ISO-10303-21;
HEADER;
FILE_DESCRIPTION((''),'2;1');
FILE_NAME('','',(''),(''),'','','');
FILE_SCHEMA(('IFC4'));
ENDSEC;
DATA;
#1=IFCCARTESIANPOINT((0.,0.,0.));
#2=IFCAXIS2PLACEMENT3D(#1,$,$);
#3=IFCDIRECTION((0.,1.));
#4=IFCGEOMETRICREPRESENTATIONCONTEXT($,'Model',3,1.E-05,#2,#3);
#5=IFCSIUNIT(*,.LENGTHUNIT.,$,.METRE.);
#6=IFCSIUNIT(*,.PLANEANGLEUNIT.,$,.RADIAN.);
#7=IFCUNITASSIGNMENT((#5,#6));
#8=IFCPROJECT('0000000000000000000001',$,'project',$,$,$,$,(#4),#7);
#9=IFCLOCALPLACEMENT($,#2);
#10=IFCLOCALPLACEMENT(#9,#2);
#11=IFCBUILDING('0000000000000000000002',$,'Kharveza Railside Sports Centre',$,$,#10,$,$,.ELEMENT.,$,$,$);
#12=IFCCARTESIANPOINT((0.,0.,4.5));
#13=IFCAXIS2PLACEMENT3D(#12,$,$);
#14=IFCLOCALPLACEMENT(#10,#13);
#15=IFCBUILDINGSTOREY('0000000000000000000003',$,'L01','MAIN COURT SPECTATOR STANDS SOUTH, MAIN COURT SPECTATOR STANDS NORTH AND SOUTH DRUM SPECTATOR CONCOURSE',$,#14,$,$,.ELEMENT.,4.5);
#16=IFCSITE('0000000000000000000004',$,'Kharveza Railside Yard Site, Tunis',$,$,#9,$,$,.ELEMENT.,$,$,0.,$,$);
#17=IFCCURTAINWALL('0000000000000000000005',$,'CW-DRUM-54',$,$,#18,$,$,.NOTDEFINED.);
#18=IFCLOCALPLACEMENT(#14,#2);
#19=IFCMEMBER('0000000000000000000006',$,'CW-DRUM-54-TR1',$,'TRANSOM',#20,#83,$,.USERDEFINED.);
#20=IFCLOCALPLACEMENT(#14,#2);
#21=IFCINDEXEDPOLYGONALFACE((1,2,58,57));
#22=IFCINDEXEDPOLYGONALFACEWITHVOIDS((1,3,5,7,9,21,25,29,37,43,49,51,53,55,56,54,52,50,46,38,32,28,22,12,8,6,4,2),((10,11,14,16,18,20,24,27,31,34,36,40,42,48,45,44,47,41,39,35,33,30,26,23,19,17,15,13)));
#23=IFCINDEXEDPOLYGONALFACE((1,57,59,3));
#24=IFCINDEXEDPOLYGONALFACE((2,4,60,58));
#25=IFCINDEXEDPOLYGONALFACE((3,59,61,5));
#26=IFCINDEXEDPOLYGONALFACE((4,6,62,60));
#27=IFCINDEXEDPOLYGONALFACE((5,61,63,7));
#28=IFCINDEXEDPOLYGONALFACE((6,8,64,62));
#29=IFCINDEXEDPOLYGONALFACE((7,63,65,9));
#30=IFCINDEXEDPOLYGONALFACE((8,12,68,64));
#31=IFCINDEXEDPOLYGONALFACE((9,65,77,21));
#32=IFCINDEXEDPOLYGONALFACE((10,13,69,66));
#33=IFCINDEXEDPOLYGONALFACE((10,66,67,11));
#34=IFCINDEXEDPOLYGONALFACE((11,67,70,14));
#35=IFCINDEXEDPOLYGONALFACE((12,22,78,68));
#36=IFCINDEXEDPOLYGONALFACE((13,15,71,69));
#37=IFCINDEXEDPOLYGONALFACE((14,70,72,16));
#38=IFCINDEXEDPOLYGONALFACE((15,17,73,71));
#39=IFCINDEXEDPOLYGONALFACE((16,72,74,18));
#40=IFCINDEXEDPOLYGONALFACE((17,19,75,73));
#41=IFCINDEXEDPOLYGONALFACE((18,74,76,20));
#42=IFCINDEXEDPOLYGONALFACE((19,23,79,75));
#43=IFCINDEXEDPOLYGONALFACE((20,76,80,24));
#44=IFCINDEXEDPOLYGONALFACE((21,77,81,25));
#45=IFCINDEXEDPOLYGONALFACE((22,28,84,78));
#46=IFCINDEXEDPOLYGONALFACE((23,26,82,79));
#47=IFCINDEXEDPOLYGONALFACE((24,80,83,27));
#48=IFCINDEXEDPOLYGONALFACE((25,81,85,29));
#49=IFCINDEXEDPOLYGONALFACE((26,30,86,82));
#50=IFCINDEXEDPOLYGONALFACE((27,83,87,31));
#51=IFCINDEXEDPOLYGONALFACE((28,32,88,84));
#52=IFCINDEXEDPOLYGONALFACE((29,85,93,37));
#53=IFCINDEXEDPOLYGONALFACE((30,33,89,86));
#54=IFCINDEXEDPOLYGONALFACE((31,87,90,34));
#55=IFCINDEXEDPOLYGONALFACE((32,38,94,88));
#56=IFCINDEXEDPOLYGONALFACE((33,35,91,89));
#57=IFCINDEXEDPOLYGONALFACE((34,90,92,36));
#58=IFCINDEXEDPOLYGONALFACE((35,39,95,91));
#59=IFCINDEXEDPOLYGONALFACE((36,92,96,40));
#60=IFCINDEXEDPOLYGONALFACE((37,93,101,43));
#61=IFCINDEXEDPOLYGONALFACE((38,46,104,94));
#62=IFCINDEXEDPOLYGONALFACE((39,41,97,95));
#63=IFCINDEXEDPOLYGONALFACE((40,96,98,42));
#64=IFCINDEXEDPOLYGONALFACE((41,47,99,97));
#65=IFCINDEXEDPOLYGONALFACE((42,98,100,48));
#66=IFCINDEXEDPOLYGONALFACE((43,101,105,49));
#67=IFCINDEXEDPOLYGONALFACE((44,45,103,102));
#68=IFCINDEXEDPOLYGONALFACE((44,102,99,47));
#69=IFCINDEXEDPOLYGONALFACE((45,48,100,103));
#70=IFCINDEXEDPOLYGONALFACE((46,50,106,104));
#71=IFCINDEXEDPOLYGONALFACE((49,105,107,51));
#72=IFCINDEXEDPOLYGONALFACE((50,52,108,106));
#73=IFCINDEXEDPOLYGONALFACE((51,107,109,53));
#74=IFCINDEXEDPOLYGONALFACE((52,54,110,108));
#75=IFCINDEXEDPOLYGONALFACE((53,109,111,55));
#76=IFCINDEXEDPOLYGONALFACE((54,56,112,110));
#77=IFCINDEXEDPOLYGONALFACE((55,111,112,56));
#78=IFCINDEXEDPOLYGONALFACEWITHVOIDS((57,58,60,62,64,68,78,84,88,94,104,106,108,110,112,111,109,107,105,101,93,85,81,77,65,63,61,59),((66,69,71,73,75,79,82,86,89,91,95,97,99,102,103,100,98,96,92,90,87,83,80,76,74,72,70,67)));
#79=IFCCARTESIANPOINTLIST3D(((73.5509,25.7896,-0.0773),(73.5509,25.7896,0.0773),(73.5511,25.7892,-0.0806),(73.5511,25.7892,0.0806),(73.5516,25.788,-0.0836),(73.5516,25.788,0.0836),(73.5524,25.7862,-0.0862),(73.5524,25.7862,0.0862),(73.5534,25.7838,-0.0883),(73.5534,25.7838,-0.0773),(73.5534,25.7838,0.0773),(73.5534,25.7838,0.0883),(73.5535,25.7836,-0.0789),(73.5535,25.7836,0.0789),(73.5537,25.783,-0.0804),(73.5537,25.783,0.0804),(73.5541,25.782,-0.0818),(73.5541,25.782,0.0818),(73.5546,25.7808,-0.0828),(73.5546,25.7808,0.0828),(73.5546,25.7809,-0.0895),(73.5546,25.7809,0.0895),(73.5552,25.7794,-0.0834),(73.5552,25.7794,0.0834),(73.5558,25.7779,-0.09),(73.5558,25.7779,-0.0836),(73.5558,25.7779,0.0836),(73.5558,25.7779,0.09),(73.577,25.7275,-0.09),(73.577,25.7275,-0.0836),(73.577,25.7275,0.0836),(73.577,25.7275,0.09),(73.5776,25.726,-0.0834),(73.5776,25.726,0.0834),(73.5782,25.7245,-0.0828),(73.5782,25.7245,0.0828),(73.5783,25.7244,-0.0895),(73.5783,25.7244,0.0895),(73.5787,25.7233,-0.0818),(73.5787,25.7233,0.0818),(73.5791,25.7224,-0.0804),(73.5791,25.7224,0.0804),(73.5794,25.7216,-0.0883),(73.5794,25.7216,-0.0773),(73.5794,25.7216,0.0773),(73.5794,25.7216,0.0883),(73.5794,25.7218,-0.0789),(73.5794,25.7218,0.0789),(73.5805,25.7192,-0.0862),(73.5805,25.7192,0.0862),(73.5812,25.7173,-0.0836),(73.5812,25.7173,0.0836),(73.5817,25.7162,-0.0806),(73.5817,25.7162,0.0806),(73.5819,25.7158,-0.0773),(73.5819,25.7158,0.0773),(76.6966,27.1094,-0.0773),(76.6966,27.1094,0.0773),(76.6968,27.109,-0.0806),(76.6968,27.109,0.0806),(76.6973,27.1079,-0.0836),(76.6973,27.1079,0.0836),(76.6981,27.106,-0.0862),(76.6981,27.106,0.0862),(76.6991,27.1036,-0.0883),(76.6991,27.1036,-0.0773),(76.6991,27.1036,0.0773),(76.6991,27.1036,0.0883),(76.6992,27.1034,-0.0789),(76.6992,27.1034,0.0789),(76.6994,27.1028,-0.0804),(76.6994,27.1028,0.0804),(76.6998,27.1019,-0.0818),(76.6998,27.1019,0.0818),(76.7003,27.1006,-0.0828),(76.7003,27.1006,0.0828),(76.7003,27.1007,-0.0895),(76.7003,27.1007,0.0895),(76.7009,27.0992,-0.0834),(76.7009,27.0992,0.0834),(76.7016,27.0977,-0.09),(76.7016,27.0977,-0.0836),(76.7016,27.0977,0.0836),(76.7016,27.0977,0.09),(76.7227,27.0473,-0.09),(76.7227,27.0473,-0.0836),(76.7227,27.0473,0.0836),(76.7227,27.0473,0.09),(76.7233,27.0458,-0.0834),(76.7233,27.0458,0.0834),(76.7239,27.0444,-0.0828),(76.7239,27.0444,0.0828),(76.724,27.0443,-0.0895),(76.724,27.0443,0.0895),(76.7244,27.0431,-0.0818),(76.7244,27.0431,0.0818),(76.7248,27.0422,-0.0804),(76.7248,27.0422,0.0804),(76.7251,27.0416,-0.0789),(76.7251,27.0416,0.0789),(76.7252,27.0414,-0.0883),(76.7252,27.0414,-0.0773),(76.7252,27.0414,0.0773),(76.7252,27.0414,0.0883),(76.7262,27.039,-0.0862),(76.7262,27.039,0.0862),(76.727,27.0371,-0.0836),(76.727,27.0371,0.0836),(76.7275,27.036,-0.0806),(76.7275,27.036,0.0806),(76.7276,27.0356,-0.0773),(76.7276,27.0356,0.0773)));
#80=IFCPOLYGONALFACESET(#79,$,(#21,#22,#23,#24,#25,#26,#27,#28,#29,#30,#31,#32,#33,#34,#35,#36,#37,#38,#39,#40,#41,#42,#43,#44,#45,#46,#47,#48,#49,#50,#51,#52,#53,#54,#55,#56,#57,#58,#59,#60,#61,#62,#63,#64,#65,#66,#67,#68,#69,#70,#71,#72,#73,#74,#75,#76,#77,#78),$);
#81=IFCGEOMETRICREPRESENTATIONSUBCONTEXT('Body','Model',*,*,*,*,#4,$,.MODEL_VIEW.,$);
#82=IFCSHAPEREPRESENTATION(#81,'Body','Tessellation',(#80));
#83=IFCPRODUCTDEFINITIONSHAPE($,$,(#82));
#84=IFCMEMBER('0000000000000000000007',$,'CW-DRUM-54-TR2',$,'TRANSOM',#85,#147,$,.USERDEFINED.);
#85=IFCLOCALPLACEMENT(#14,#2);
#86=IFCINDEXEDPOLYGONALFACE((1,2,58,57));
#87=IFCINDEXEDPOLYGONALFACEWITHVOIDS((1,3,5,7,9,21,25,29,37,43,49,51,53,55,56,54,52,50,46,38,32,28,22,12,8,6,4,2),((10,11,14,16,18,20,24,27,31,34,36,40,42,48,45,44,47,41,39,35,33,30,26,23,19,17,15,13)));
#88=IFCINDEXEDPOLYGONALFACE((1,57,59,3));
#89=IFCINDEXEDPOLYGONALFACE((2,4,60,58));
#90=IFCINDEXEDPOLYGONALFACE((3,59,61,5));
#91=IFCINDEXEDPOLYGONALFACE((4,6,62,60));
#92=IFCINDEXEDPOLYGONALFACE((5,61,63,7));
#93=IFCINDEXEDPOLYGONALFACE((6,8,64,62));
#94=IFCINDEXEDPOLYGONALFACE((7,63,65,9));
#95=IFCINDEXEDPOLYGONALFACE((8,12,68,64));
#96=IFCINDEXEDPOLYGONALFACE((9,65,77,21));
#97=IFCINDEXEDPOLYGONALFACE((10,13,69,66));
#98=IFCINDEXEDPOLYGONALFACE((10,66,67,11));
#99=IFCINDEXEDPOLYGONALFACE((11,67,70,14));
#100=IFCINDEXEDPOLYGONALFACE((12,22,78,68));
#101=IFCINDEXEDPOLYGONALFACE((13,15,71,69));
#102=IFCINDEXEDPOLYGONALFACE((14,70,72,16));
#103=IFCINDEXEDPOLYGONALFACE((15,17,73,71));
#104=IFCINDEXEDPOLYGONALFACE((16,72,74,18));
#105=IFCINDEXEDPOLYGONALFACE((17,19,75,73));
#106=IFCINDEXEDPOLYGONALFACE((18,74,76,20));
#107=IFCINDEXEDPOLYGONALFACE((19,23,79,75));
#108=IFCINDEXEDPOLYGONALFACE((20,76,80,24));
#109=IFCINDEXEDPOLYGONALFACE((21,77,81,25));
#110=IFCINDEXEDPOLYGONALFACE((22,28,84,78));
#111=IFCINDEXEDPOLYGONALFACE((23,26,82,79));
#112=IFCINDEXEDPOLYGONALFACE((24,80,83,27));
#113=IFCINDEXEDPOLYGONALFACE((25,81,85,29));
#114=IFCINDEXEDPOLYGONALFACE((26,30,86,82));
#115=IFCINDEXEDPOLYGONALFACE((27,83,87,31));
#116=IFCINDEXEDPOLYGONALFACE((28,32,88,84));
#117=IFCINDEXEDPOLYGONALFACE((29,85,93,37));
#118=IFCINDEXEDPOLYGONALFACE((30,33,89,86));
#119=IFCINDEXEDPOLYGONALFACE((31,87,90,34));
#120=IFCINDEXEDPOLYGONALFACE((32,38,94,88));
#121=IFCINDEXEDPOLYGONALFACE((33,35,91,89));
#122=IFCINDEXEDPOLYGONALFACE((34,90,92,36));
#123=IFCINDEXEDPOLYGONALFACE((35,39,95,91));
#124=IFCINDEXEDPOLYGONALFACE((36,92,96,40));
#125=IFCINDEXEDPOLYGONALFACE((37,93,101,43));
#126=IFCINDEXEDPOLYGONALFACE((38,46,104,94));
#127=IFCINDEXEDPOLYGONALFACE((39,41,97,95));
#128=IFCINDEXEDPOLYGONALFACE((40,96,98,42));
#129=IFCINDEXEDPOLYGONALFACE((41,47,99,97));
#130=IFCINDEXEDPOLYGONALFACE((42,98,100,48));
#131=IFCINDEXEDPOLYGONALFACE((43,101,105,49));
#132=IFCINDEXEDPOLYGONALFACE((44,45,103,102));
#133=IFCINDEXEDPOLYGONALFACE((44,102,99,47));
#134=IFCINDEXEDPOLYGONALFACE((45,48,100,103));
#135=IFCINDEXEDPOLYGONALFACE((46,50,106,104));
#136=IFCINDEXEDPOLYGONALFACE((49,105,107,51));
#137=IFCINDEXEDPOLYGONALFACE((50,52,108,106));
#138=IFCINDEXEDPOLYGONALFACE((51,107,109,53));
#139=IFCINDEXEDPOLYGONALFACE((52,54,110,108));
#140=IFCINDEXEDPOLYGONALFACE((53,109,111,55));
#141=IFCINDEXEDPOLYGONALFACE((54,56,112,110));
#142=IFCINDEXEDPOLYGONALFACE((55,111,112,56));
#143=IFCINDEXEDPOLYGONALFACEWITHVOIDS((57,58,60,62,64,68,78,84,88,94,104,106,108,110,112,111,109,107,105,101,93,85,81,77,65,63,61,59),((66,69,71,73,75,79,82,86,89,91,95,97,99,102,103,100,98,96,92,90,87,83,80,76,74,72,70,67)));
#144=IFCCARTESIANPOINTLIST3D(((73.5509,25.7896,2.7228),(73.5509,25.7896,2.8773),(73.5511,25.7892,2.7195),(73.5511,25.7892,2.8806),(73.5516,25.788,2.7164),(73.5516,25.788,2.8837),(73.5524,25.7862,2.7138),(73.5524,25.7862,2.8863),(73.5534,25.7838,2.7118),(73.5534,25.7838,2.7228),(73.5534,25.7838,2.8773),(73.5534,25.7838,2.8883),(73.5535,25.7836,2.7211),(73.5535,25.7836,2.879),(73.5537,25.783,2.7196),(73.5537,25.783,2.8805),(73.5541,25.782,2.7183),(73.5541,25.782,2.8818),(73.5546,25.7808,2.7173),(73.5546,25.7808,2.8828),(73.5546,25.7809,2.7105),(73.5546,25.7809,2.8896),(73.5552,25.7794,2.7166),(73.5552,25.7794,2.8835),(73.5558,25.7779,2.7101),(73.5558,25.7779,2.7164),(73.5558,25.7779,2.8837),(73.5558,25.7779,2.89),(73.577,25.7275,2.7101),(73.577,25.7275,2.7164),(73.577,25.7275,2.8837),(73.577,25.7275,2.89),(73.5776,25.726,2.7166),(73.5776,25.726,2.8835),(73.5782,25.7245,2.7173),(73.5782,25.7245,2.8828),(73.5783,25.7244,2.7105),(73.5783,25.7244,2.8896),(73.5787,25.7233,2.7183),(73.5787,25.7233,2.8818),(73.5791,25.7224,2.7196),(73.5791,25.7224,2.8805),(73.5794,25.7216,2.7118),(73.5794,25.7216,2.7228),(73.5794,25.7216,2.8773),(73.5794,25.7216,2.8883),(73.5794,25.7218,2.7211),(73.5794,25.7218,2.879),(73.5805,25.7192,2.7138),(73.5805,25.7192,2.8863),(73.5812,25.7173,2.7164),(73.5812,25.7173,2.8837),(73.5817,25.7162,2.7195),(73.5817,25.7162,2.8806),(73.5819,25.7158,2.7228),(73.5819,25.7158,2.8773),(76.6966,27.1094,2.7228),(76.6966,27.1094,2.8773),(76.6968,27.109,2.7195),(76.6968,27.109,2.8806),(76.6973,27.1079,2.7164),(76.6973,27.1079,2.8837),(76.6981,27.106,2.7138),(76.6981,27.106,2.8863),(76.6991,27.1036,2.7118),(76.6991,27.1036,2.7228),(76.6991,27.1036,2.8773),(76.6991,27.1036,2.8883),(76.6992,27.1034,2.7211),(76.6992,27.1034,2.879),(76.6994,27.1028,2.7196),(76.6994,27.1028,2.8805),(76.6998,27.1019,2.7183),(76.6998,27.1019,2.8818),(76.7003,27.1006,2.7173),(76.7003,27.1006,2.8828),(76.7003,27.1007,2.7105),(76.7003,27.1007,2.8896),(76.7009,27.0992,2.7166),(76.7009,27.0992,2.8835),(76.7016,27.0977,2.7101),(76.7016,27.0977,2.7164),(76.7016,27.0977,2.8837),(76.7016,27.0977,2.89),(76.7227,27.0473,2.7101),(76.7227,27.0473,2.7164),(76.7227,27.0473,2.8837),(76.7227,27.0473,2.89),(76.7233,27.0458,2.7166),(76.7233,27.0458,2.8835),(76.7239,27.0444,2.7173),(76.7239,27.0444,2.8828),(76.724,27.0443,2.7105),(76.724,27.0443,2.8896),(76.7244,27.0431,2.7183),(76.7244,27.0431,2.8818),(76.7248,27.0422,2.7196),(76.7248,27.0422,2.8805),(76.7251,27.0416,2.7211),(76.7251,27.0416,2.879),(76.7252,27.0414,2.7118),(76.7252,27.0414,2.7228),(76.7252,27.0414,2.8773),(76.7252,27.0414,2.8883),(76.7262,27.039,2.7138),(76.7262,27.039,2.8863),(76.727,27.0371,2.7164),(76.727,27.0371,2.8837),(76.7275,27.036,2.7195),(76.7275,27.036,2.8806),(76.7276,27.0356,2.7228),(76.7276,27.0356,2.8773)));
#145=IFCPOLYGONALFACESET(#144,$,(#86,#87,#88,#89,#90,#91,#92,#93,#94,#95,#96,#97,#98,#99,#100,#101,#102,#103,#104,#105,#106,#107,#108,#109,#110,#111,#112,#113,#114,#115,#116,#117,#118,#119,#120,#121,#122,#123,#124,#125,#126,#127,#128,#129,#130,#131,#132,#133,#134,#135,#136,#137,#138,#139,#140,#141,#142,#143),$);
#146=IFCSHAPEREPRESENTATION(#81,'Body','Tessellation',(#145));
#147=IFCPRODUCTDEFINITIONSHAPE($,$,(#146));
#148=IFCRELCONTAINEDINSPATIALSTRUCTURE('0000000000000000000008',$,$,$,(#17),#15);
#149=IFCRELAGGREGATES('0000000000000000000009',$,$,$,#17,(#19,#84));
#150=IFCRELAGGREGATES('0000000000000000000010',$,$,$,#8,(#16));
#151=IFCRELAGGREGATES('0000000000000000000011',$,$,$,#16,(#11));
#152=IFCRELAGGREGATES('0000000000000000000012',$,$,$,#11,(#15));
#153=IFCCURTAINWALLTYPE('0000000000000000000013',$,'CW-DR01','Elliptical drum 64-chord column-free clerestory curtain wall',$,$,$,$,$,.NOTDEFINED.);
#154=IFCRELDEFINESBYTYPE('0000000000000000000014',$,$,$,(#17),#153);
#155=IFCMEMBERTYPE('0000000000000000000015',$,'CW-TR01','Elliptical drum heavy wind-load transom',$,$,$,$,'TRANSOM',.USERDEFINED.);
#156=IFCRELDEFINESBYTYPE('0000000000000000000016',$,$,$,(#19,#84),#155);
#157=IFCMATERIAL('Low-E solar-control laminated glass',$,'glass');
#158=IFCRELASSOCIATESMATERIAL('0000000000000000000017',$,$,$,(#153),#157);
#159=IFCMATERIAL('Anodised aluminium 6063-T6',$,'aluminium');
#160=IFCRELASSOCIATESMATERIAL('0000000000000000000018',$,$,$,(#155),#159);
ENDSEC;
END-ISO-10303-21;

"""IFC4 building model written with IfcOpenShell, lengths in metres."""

from ifc_helpers import new_model, si_unit, direction, frame, origin, origin_2d, place, context, subcontext, project, spatial, hollow_rectangle, extrude, material, material_profile, profile_set, type_object, element, aggregate, save


model = new_model("IFC4")

# Units and contexts
model_context = context("Model", 3, precision=1e-05, world=origin(), true_north=direction((0.0, 1.0)))
body_context = subcontext(model_context, "Body", "Model", "MODEL_VIEW")
ifc_project = project(units=[si_unit("LENGTHUNIT", "METRE"), si_unit("PLANEANGLEUNIT", "RADIAN")], contexts=[model_context])

# Site, building, storey
site_placement = place(None, origin())
site = spatial("IfcSite", under=ifc_project, at=site_placement, Name="Kharveza Railside Yard Site, Tunis", CompositionType="ELEMENT", RefElevation=0.0)
building_placement = place(site_placement, origin())
building = spatial("IfcBuilding", under=site, at=building_placement, Name="Kharveza Railside Sports Centre", CompositionType="ELEMENT")
storey_placement = place(building_placement, frame((0.0, 0.0, 4.5)))
storey = spatial("IfcBuildingStorey", under=building, at=storey_placement, Name="L01", Description="MAIN COURT SPECTATOR STANDS SOUTH, MAIN COURT SPECTATOR STANDS NORTH AND SOUTH DRUM SPECTATOR CONCOURSE", CompositionType="ELEMENT", Elevation=4.5)

# Curtain wall
ifc_material_1 = material(Name="Low-E solar-control laminated glass", Category="glass")
curtain_wall_type = type_object("IfcCurtainWallType", Name="CW-DR01", Description="Elliptical drum 64-chord column-free clerestory curtain wall", PredefinedType="NOTDEFINED", material=ifc_material_1)
ifc_material_2 = material(Name="Anodised aluminium 6063-T6", Category="aluminium")
curtain_wall_1_placement = place(storey_placement, origin())
curtain_wall_1 = element("IfcCurtainWall", 1, at=curtain_wall_1_placement, inside=storey, type_object=curtain_wall_type, Name="CW-DRUM-54", PredefinedType="NOTDEFINED")

# Members
ifc_material_profile_1 = material_profile(ifc_material_2, hollow_rectangle(XDim=0.0801, YDim=0.1799, WallThickness=0.0063, InnerFilletRadius=0.0063, OuterFilletRadius=0.0127, at=origin_2d()), Name="RHS 80x180x6.3")
ifc_profile_set_1 = profile_set([ifc_material_profile_1], Name="Anodised aluminium 6063-T6")
member_type_1 = type_object("IfcMemberType", Name="CW-TR01", Description="Elliptical drum heavy wind-load transom", ElementType="TRANSOM", PredefinedType="USERDEFINED", material=ifc_profile_set_1)
member_1_placement = place(storey_placement, frame((73.5664, 25.7527, 0.0), z_axis=(0.922128, 0.386886, 0.0), x_axis=(-0.386886, 0.922128, 0.0)))
member_1 = element("IfcMember", 2, at=member_1_placement, type_object=member_type_1, Name="CW-DRUM-54-TR1", ObjectType="TRANSOM", PredefinedType="USERDEFINED", context=body_context, shape_type="SweptSolid", body=[
    extrude(hollow_rectangle(XDim=0.0801, YDim=0.1799, WallThickness=0.0063, InnerFilletRadius=0.0063, OuterFilletRadius=0.0127, at=origin_2d()), origin(), (0.0, 0.0, 1.0), 3.4114),
])
member_2_placement = place(storey_placement, frame((73.5664, 25.7527, 2.8), z_axis=(0.922128, 0.386886, 0.0), x_axis=(-0.386886, 0.922128, 0.0)))
member_2 = element("IfcMember", 3, at=member_2_placement, type_object=member_type_1, Name="CW-DRUM-54-TR2", ObjectType="TRANSOM", PredefinedType="USERDEFINED", context=body_context, shape_type="SweptSolid", body=[
    extrude(hollow_rectangle(XDim=0.0801, YDim=0.1799, WallThickness=0.0063, InnerFilletRadius=0.0063, OuterFilletRadius=0.0127, at=origin_2d()), origin(), (0.0, 0.0, 1.0), 3.4114),
])

aggregate(curtain_wall_1, [member_1, member_2])

save(model, "model.ifc")
